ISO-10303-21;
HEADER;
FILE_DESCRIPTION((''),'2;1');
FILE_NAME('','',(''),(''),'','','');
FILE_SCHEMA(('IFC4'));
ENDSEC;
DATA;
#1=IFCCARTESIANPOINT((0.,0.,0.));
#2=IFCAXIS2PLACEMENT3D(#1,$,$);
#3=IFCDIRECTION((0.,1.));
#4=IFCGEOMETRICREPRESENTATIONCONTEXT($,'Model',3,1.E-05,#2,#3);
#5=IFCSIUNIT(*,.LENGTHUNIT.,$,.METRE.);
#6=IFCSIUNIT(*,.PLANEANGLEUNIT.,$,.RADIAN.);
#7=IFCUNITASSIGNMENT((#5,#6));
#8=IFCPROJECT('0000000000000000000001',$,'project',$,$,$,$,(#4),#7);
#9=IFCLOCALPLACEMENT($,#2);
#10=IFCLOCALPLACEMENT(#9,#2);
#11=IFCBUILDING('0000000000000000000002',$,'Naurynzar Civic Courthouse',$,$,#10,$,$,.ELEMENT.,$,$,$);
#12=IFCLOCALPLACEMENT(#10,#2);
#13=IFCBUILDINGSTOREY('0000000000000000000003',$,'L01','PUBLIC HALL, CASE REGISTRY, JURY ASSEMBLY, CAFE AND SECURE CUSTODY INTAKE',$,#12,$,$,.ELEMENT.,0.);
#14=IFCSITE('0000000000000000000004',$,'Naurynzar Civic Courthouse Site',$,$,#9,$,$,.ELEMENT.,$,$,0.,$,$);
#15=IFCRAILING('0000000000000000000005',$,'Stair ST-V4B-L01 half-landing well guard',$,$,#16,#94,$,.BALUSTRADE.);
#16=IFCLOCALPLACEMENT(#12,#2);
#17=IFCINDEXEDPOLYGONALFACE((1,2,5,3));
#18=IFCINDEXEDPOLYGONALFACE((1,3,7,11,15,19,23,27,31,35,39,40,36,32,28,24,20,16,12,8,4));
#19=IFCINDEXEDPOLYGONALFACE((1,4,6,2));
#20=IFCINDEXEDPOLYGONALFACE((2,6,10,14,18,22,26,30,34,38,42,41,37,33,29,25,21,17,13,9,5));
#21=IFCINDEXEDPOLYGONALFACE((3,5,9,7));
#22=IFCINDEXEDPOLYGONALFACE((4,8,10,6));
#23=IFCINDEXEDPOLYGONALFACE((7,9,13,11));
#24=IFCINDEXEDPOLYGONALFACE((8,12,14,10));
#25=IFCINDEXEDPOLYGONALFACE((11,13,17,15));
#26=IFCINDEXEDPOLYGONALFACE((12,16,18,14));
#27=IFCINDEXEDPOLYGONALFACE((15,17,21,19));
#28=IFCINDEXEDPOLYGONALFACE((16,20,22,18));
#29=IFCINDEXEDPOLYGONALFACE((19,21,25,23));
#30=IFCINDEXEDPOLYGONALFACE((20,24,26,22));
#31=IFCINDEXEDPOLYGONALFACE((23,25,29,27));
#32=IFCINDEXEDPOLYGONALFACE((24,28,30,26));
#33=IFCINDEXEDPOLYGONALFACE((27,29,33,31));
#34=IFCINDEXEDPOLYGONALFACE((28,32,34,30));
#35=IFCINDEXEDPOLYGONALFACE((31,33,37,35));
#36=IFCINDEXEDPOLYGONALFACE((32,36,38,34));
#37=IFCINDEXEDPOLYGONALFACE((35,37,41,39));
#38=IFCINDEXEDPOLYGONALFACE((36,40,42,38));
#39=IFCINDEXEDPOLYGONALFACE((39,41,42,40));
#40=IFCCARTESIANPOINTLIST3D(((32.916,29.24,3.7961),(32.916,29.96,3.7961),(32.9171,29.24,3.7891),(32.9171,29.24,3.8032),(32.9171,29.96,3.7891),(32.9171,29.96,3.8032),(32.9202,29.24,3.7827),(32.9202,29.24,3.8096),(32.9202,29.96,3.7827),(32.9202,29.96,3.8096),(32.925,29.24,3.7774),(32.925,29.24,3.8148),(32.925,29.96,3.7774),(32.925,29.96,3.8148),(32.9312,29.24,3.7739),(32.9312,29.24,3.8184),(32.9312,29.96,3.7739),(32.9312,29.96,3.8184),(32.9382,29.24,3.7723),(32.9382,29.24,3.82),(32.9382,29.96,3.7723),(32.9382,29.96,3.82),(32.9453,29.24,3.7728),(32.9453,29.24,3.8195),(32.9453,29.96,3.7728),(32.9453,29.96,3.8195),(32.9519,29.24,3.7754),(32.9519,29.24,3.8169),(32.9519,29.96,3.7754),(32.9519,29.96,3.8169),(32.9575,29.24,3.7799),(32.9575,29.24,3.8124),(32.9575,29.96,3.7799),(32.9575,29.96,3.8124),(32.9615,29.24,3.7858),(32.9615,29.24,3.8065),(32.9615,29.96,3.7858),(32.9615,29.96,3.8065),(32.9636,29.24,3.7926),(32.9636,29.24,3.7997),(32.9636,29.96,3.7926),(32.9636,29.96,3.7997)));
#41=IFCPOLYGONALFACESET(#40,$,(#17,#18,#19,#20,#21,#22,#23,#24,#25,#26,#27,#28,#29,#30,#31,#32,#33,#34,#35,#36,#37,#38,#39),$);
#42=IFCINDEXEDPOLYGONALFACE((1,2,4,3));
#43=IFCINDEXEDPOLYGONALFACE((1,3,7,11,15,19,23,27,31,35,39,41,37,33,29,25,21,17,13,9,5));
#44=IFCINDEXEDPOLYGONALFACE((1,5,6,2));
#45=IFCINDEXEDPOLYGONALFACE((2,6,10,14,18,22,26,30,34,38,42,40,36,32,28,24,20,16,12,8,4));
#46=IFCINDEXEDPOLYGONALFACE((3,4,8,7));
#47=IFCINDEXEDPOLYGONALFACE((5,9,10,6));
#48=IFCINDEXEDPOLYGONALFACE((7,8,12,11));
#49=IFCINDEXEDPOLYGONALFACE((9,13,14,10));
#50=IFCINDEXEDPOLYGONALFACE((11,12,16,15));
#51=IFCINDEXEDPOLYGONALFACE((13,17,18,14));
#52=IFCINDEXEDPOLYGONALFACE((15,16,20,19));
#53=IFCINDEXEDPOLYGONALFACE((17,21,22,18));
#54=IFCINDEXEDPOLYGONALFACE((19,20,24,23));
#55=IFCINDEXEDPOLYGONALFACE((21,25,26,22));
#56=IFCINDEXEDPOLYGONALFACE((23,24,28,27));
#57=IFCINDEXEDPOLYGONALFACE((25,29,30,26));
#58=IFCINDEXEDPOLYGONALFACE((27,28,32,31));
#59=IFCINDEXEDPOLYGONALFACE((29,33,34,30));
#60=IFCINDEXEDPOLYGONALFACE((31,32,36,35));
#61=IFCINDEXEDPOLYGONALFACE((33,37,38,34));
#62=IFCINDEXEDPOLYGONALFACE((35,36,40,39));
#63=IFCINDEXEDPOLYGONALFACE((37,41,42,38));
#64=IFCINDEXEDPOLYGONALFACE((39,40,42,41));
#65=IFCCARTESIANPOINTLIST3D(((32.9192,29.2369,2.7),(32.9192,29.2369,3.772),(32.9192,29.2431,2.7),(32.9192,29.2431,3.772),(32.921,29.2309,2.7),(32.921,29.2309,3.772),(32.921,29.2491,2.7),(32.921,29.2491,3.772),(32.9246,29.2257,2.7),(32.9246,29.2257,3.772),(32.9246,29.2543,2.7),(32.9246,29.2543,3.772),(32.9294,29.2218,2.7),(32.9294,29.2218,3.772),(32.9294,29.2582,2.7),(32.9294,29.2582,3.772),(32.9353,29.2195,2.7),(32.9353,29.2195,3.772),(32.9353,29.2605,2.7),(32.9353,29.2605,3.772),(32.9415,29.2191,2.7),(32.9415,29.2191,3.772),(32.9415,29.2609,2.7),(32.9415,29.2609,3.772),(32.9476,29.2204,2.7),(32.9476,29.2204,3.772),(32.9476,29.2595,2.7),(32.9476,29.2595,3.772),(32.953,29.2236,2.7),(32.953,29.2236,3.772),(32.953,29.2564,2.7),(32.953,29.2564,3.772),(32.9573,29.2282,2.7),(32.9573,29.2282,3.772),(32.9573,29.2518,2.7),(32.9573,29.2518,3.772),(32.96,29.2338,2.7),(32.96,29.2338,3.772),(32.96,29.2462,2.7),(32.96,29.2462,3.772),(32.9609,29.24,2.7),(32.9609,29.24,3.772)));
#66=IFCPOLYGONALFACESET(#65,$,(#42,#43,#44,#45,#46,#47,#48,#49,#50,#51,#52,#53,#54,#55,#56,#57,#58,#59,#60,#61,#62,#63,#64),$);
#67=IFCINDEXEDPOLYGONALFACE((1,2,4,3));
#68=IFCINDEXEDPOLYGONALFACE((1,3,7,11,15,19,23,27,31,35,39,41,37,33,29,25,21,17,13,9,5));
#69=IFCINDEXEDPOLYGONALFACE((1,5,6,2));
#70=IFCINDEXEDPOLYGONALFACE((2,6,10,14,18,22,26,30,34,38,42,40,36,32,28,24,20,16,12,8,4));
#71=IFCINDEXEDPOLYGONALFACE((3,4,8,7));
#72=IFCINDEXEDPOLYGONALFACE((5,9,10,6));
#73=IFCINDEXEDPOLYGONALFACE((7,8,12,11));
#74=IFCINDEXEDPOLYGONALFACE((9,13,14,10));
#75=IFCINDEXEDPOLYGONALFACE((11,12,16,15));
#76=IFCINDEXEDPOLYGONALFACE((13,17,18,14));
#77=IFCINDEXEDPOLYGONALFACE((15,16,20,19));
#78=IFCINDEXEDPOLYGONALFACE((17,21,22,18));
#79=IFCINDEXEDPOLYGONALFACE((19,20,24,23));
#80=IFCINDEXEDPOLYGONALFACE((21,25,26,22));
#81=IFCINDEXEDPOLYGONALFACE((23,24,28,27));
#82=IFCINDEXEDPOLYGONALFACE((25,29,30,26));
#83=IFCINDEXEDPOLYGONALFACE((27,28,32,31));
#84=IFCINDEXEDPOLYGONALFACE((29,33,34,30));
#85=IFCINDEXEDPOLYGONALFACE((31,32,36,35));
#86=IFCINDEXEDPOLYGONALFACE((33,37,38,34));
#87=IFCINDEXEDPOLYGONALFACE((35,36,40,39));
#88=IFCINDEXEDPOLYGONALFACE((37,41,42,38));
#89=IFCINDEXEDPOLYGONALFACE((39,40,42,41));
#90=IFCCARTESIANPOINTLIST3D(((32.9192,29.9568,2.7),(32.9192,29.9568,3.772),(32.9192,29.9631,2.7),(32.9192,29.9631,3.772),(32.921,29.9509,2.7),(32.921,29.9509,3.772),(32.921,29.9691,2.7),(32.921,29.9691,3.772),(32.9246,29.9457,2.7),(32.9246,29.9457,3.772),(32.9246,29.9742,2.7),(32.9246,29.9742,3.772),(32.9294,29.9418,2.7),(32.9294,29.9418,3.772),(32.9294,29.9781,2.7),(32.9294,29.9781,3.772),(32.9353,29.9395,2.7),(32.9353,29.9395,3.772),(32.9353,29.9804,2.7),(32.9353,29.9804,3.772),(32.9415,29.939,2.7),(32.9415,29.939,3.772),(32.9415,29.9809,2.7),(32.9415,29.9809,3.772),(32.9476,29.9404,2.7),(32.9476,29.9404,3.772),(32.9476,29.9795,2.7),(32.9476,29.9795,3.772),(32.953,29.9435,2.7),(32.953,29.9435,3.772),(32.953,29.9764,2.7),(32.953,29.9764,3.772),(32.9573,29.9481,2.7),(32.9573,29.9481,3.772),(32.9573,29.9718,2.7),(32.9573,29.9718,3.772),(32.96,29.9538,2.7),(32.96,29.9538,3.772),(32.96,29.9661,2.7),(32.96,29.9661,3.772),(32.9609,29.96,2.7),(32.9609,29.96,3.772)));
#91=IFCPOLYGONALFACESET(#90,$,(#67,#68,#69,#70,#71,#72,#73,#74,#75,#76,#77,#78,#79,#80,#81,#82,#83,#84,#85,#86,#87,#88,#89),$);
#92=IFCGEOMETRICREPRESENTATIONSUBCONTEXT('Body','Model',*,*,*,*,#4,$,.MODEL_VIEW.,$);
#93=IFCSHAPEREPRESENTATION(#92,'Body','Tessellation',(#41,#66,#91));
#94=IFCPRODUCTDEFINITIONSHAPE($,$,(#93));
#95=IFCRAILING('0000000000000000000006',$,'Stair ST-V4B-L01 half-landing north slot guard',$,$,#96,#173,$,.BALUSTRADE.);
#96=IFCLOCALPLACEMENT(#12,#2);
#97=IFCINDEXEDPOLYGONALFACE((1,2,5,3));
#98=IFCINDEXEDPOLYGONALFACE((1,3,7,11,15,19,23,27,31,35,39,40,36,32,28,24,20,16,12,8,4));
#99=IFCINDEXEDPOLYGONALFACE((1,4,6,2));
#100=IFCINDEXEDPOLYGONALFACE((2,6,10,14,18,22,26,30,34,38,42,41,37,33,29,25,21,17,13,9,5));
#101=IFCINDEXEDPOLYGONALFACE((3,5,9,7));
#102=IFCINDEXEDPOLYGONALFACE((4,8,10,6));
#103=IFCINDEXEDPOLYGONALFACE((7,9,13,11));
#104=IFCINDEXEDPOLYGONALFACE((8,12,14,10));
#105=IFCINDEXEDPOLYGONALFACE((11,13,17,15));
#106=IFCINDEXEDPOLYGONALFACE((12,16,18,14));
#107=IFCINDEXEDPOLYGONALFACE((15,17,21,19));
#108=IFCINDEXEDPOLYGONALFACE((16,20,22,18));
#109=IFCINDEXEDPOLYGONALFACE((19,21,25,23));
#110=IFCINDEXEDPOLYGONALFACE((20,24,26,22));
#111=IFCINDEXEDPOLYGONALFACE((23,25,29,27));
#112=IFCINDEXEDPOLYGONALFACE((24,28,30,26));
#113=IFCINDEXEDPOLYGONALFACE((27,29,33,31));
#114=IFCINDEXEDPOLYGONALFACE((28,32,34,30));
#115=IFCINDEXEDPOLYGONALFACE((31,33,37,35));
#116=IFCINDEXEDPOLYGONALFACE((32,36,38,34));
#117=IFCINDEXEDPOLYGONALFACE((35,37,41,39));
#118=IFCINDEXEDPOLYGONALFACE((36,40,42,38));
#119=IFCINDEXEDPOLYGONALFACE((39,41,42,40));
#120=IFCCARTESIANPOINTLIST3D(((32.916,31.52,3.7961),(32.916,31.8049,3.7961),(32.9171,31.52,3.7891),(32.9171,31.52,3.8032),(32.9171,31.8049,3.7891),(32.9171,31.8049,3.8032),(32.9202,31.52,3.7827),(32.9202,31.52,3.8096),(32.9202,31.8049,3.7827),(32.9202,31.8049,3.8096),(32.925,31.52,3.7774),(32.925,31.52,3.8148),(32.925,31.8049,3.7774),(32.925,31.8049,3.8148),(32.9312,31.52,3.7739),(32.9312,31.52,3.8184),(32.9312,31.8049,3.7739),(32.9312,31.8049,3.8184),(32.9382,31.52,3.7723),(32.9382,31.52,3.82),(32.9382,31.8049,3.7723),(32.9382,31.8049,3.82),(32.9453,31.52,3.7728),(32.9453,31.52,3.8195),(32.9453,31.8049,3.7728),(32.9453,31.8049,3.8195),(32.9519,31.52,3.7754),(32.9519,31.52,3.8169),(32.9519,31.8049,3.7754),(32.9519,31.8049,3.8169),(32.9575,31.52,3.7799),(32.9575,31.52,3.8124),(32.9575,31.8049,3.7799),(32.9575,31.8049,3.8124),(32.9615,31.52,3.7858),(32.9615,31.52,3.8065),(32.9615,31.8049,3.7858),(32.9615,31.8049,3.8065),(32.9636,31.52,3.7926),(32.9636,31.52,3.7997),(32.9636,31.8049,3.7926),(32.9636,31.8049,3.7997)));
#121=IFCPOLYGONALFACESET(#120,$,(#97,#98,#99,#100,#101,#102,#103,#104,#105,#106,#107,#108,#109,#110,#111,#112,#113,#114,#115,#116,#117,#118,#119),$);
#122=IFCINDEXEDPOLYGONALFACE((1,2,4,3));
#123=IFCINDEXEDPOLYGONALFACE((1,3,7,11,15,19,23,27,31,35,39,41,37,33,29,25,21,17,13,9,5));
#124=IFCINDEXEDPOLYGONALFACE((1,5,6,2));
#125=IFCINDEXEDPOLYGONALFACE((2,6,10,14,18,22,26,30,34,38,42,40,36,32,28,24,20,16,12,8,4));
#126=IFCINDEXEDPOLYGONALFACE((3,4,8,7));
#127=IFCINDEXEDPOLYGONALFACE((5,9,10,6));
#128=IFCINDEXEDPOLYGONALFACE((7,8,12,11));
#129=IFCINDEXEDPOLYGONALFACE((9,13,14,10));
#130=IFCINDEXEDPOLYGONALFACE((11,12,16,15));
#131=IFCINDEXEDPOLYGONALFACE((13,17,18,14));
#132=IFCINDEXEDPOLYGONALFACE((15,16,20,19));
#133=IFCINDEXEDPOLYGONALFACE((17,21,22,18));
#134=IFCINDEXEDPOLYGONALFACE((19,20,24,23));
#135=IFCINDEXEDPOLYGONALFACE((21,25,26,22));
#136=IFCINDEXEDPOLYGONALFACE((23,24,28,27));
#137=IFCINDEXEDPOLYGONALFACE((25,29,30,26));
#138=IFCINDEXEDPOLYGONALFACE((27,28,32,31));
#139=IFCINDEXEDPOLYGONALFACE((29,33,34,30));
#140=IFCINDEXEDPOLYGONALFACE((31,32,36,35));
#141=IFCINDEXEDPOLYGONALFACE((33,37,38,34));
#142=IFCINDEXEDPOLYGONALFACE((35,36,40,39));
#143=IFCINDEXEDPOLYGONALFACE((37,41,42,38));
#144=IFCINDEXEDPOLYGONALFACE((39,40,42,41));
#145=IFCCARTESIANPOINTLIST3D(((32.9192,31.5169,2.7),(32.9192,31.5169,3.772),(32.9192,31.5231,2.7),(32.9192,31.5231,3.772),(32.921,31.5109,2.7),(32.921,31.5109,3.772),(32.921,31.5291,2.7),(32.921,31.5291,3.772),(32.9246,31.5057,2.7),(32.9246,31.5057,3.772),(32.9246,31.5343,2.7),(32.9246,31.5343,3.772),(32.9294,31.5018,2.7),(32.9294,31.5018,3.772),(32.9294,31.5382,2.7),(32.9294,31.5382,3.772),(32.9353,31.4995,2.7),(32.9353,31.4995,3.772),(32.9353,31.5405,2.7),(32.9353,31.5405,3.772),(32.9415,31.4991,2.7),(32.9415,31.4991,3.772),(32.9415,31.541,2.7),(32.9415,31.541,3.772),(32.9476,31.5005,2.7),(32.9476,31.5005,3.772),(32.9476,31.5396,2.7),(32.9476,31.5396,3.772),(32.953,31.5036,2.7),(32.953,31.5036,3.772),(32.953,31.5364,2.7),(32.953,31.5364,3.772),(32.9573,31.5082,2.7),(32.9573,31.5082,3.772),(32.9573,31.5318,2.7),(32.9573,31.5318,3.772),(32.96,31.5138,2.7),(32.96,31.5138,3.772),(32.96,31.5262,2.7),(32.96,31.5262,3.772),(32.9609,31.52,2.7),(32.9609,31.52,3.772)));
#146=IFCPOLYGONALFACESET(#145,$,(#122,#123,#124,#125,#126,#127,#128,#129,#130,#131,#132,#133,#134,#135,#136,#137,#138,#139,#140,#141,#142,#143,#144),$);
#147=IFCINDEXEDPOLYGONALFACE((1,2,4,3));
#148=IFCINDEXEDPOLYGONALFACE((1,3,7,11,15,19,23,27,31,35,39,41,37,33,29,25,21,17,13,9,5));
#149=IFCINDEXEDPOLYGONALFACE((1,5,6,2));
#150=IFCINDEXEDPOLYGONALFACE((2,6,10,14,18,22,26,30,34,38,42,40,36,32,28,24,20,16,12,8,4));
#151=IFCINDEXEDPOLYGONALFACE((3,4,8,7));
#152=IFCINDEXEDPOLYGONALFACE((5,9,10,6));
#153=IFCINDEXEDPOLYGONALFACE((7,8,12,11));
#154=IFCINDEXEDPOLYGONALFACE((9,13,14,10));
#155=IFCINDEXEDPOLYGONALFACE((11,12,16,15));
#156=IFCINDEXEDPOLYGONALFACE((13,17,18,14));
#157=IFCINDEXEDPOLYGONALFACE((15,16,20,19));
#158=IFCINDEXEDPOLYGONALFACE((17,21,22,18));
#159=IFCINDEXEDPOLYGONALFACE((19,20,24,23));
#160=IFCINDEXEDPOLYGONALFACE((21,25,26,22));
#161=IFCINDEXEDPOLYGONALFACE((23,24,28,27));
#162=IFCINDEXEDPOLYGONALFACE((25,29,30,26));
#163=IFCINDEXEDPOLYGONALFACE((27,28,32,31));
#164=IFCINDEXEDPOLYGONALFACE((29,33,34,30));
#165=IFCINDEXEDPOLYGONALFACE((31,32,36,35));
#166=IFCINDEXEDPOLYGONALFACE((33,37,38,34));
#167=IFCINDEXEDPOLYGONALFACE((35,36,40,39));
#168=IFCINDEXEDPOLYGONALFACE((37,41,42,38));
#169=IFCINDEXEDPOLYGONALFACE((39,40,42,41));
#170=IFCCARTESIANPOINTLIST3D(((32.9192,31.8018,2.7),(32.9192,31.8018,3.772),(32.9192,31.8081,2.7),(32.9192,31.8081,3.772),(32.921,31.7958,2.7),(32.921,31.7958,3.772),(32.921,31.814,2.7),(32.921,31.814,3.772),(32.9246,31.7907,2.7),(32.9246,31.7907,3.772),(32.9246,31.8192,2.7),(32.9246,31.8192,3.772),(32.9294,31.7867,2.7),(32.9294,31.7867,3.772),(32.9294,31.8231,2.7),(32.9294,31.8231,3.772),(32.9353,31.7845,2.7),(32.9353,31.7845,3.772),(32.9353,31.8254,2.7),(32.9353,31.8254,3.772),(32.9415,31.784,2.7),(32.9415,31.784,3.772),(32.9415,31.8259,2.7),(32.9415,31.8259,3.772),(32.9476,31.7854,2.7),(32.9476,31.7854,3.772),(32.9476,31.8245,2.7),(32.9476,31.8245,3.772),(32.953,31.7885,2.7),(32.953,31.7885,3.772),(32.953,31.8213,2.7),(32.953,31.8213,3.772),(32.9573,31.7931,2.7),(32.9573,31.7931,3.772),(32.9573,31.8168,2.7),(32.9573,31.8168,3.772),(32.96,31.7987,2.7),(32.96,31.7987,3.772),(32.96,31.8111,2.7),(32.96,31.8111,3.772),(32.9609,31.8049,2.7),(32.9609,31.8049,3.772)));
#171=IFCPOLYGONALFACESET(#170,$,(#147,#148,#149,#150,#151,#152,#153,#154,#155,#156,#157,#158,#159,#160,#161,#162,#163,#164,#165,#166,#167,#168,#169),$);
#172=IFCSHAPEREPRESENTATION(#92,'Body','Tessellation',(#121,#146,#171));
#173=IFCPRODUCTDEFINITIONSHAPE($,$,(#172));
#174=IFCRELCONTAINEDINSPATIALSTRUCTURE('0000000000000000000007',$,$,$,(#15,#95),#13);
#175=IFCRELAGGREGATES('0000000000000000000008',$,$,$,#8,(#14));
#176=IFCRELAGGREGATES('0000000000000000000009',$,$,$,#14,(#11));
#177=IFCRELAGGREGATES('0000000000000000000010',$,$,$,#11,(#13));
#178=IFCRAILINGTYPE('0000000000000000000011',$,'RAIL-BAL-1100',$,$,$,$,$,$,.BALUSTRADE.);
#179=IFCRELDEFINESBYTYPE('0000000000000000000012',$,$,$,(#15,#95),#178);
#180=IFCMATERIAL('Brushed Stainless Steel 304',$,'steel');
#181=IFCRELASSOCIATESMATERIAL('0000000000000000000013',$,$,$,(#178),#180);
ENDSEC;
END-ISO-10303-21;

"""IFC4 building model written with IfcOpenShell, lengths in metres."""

from ifc_helpers import new_model, si_unit, direction, frame, origin, origin_2d, place, context, subcontext, project, spatial, circle, extrude, material, type_object, element, save


model = new_model("IFC4")

# Units and contexts
model_context = context("Model", 3, precision=1e-05, world=origin(), true_north=direction((0.0, 1.0)))
body_context = subcontext(model_context, "Body", "Model", "MODEL_VIEW")
ifc_project = project(units=[si_unit("LENGTHUNIT", "METRE"), si_unit("PLANEANGLEUNIT", "RADIAN")], contexts=[model_context])

# Site, building, storey
site_placement = place(None, origin())
site = spatial("IfcSite", under=ifc_project, at=site_placement, Name="Naurynzar Civic Courthouse Site", CompositionType="ELEMENT", RefElevation=0.0)
building_placement = place(site_placement, origin())
building = spatial("IfcBuilding", under=site, at=building_placement, Name="Naurynzar Civic Courthouse", CompositionType="ELEMENT")
storey_placement = place(building_placement, origin())
storey = spatial("IfcBuildingStorey", under=building, at=storey_placement, Name="L01", Description="PUBLIC HALL, CASE REGISTRY, JURY ASSEMBLY, CAFE AND SECURE CUSTODY INTAKE", CompositionType="ELEMENT", Elevation=0.0)

# Railings
ifc_material_1 = material(Name="Brushed Stainless Steel 304", Category="steel")
railing_type_1 = type_object("IfcRailingType", Name="RAIL-BAL-1100", PredefinedType="BALUSTRADE", material=ifc_material_1)
for number, where, name in (
    (1, (32.9399, 29.24, 2.7), "Stair ST-V4B-L01 half-landing well guard"),
):
    element("IfcRailing", number, at=place(storey_placement, frame(where)), inside=storey, type_object=railing_type_1, Name=name, PredefinedType="BALUSTRADE", context=body_context, shape_type="SweptSolid", body=[
        extrude(circle(Radius=0.0239, at=origin_2d()), frame((0.0, 0.0, 1.0962), z_axis=(0.0, 1.0, 0.0), x_axis=(-1.0, 0.0, 0.0)), (0.0, 0.0, 1.0), 0.72),
        extrude(circle(Radius=0.021, at=origin_2d()), origin(), (0.0, 0.0, 1.0), 1.072),
        extrude(circle(Radius=0.021, at=origin_2d()), frame((0.0, 0.72, 0.0)), (0.0, 0.0, 1.0), 1.072),
    ])
railing_1_placement = place(storey_placement, frame((32.9399, 31.52, 2.7)))
element("IfcRailing", 2, at=railing_1_placement, inside=storey, type_object=railing_type_1, Name="Stair ST-V4B-L01 half-landing north slot guard", PredefinedType="BALUSTRADE", context=body_context, shape_type="SweptSolid", body=[
    extrude(circle(Radius=0.0239, at=origin_2d()), frame((0.0, 0.0, 1.0962), z_axis=(0.0, 1.0, 0.0), x_axis=(-1.0, 0.0, 0.0)), (0.0, 0.0, 1.0), 0.2849),
    extrude(circle(Radius=0.021, at=origin_2d()), origin(), (0.0, 0.0, 1.0), 1.072),
    extrude(circle(Radius=0.021, at=origin_2d()), frame((0.0, 0.2849, 0.0)), (0.0, 0.0, 1.0), 1.072),
])

save(model, "model.ifc")
